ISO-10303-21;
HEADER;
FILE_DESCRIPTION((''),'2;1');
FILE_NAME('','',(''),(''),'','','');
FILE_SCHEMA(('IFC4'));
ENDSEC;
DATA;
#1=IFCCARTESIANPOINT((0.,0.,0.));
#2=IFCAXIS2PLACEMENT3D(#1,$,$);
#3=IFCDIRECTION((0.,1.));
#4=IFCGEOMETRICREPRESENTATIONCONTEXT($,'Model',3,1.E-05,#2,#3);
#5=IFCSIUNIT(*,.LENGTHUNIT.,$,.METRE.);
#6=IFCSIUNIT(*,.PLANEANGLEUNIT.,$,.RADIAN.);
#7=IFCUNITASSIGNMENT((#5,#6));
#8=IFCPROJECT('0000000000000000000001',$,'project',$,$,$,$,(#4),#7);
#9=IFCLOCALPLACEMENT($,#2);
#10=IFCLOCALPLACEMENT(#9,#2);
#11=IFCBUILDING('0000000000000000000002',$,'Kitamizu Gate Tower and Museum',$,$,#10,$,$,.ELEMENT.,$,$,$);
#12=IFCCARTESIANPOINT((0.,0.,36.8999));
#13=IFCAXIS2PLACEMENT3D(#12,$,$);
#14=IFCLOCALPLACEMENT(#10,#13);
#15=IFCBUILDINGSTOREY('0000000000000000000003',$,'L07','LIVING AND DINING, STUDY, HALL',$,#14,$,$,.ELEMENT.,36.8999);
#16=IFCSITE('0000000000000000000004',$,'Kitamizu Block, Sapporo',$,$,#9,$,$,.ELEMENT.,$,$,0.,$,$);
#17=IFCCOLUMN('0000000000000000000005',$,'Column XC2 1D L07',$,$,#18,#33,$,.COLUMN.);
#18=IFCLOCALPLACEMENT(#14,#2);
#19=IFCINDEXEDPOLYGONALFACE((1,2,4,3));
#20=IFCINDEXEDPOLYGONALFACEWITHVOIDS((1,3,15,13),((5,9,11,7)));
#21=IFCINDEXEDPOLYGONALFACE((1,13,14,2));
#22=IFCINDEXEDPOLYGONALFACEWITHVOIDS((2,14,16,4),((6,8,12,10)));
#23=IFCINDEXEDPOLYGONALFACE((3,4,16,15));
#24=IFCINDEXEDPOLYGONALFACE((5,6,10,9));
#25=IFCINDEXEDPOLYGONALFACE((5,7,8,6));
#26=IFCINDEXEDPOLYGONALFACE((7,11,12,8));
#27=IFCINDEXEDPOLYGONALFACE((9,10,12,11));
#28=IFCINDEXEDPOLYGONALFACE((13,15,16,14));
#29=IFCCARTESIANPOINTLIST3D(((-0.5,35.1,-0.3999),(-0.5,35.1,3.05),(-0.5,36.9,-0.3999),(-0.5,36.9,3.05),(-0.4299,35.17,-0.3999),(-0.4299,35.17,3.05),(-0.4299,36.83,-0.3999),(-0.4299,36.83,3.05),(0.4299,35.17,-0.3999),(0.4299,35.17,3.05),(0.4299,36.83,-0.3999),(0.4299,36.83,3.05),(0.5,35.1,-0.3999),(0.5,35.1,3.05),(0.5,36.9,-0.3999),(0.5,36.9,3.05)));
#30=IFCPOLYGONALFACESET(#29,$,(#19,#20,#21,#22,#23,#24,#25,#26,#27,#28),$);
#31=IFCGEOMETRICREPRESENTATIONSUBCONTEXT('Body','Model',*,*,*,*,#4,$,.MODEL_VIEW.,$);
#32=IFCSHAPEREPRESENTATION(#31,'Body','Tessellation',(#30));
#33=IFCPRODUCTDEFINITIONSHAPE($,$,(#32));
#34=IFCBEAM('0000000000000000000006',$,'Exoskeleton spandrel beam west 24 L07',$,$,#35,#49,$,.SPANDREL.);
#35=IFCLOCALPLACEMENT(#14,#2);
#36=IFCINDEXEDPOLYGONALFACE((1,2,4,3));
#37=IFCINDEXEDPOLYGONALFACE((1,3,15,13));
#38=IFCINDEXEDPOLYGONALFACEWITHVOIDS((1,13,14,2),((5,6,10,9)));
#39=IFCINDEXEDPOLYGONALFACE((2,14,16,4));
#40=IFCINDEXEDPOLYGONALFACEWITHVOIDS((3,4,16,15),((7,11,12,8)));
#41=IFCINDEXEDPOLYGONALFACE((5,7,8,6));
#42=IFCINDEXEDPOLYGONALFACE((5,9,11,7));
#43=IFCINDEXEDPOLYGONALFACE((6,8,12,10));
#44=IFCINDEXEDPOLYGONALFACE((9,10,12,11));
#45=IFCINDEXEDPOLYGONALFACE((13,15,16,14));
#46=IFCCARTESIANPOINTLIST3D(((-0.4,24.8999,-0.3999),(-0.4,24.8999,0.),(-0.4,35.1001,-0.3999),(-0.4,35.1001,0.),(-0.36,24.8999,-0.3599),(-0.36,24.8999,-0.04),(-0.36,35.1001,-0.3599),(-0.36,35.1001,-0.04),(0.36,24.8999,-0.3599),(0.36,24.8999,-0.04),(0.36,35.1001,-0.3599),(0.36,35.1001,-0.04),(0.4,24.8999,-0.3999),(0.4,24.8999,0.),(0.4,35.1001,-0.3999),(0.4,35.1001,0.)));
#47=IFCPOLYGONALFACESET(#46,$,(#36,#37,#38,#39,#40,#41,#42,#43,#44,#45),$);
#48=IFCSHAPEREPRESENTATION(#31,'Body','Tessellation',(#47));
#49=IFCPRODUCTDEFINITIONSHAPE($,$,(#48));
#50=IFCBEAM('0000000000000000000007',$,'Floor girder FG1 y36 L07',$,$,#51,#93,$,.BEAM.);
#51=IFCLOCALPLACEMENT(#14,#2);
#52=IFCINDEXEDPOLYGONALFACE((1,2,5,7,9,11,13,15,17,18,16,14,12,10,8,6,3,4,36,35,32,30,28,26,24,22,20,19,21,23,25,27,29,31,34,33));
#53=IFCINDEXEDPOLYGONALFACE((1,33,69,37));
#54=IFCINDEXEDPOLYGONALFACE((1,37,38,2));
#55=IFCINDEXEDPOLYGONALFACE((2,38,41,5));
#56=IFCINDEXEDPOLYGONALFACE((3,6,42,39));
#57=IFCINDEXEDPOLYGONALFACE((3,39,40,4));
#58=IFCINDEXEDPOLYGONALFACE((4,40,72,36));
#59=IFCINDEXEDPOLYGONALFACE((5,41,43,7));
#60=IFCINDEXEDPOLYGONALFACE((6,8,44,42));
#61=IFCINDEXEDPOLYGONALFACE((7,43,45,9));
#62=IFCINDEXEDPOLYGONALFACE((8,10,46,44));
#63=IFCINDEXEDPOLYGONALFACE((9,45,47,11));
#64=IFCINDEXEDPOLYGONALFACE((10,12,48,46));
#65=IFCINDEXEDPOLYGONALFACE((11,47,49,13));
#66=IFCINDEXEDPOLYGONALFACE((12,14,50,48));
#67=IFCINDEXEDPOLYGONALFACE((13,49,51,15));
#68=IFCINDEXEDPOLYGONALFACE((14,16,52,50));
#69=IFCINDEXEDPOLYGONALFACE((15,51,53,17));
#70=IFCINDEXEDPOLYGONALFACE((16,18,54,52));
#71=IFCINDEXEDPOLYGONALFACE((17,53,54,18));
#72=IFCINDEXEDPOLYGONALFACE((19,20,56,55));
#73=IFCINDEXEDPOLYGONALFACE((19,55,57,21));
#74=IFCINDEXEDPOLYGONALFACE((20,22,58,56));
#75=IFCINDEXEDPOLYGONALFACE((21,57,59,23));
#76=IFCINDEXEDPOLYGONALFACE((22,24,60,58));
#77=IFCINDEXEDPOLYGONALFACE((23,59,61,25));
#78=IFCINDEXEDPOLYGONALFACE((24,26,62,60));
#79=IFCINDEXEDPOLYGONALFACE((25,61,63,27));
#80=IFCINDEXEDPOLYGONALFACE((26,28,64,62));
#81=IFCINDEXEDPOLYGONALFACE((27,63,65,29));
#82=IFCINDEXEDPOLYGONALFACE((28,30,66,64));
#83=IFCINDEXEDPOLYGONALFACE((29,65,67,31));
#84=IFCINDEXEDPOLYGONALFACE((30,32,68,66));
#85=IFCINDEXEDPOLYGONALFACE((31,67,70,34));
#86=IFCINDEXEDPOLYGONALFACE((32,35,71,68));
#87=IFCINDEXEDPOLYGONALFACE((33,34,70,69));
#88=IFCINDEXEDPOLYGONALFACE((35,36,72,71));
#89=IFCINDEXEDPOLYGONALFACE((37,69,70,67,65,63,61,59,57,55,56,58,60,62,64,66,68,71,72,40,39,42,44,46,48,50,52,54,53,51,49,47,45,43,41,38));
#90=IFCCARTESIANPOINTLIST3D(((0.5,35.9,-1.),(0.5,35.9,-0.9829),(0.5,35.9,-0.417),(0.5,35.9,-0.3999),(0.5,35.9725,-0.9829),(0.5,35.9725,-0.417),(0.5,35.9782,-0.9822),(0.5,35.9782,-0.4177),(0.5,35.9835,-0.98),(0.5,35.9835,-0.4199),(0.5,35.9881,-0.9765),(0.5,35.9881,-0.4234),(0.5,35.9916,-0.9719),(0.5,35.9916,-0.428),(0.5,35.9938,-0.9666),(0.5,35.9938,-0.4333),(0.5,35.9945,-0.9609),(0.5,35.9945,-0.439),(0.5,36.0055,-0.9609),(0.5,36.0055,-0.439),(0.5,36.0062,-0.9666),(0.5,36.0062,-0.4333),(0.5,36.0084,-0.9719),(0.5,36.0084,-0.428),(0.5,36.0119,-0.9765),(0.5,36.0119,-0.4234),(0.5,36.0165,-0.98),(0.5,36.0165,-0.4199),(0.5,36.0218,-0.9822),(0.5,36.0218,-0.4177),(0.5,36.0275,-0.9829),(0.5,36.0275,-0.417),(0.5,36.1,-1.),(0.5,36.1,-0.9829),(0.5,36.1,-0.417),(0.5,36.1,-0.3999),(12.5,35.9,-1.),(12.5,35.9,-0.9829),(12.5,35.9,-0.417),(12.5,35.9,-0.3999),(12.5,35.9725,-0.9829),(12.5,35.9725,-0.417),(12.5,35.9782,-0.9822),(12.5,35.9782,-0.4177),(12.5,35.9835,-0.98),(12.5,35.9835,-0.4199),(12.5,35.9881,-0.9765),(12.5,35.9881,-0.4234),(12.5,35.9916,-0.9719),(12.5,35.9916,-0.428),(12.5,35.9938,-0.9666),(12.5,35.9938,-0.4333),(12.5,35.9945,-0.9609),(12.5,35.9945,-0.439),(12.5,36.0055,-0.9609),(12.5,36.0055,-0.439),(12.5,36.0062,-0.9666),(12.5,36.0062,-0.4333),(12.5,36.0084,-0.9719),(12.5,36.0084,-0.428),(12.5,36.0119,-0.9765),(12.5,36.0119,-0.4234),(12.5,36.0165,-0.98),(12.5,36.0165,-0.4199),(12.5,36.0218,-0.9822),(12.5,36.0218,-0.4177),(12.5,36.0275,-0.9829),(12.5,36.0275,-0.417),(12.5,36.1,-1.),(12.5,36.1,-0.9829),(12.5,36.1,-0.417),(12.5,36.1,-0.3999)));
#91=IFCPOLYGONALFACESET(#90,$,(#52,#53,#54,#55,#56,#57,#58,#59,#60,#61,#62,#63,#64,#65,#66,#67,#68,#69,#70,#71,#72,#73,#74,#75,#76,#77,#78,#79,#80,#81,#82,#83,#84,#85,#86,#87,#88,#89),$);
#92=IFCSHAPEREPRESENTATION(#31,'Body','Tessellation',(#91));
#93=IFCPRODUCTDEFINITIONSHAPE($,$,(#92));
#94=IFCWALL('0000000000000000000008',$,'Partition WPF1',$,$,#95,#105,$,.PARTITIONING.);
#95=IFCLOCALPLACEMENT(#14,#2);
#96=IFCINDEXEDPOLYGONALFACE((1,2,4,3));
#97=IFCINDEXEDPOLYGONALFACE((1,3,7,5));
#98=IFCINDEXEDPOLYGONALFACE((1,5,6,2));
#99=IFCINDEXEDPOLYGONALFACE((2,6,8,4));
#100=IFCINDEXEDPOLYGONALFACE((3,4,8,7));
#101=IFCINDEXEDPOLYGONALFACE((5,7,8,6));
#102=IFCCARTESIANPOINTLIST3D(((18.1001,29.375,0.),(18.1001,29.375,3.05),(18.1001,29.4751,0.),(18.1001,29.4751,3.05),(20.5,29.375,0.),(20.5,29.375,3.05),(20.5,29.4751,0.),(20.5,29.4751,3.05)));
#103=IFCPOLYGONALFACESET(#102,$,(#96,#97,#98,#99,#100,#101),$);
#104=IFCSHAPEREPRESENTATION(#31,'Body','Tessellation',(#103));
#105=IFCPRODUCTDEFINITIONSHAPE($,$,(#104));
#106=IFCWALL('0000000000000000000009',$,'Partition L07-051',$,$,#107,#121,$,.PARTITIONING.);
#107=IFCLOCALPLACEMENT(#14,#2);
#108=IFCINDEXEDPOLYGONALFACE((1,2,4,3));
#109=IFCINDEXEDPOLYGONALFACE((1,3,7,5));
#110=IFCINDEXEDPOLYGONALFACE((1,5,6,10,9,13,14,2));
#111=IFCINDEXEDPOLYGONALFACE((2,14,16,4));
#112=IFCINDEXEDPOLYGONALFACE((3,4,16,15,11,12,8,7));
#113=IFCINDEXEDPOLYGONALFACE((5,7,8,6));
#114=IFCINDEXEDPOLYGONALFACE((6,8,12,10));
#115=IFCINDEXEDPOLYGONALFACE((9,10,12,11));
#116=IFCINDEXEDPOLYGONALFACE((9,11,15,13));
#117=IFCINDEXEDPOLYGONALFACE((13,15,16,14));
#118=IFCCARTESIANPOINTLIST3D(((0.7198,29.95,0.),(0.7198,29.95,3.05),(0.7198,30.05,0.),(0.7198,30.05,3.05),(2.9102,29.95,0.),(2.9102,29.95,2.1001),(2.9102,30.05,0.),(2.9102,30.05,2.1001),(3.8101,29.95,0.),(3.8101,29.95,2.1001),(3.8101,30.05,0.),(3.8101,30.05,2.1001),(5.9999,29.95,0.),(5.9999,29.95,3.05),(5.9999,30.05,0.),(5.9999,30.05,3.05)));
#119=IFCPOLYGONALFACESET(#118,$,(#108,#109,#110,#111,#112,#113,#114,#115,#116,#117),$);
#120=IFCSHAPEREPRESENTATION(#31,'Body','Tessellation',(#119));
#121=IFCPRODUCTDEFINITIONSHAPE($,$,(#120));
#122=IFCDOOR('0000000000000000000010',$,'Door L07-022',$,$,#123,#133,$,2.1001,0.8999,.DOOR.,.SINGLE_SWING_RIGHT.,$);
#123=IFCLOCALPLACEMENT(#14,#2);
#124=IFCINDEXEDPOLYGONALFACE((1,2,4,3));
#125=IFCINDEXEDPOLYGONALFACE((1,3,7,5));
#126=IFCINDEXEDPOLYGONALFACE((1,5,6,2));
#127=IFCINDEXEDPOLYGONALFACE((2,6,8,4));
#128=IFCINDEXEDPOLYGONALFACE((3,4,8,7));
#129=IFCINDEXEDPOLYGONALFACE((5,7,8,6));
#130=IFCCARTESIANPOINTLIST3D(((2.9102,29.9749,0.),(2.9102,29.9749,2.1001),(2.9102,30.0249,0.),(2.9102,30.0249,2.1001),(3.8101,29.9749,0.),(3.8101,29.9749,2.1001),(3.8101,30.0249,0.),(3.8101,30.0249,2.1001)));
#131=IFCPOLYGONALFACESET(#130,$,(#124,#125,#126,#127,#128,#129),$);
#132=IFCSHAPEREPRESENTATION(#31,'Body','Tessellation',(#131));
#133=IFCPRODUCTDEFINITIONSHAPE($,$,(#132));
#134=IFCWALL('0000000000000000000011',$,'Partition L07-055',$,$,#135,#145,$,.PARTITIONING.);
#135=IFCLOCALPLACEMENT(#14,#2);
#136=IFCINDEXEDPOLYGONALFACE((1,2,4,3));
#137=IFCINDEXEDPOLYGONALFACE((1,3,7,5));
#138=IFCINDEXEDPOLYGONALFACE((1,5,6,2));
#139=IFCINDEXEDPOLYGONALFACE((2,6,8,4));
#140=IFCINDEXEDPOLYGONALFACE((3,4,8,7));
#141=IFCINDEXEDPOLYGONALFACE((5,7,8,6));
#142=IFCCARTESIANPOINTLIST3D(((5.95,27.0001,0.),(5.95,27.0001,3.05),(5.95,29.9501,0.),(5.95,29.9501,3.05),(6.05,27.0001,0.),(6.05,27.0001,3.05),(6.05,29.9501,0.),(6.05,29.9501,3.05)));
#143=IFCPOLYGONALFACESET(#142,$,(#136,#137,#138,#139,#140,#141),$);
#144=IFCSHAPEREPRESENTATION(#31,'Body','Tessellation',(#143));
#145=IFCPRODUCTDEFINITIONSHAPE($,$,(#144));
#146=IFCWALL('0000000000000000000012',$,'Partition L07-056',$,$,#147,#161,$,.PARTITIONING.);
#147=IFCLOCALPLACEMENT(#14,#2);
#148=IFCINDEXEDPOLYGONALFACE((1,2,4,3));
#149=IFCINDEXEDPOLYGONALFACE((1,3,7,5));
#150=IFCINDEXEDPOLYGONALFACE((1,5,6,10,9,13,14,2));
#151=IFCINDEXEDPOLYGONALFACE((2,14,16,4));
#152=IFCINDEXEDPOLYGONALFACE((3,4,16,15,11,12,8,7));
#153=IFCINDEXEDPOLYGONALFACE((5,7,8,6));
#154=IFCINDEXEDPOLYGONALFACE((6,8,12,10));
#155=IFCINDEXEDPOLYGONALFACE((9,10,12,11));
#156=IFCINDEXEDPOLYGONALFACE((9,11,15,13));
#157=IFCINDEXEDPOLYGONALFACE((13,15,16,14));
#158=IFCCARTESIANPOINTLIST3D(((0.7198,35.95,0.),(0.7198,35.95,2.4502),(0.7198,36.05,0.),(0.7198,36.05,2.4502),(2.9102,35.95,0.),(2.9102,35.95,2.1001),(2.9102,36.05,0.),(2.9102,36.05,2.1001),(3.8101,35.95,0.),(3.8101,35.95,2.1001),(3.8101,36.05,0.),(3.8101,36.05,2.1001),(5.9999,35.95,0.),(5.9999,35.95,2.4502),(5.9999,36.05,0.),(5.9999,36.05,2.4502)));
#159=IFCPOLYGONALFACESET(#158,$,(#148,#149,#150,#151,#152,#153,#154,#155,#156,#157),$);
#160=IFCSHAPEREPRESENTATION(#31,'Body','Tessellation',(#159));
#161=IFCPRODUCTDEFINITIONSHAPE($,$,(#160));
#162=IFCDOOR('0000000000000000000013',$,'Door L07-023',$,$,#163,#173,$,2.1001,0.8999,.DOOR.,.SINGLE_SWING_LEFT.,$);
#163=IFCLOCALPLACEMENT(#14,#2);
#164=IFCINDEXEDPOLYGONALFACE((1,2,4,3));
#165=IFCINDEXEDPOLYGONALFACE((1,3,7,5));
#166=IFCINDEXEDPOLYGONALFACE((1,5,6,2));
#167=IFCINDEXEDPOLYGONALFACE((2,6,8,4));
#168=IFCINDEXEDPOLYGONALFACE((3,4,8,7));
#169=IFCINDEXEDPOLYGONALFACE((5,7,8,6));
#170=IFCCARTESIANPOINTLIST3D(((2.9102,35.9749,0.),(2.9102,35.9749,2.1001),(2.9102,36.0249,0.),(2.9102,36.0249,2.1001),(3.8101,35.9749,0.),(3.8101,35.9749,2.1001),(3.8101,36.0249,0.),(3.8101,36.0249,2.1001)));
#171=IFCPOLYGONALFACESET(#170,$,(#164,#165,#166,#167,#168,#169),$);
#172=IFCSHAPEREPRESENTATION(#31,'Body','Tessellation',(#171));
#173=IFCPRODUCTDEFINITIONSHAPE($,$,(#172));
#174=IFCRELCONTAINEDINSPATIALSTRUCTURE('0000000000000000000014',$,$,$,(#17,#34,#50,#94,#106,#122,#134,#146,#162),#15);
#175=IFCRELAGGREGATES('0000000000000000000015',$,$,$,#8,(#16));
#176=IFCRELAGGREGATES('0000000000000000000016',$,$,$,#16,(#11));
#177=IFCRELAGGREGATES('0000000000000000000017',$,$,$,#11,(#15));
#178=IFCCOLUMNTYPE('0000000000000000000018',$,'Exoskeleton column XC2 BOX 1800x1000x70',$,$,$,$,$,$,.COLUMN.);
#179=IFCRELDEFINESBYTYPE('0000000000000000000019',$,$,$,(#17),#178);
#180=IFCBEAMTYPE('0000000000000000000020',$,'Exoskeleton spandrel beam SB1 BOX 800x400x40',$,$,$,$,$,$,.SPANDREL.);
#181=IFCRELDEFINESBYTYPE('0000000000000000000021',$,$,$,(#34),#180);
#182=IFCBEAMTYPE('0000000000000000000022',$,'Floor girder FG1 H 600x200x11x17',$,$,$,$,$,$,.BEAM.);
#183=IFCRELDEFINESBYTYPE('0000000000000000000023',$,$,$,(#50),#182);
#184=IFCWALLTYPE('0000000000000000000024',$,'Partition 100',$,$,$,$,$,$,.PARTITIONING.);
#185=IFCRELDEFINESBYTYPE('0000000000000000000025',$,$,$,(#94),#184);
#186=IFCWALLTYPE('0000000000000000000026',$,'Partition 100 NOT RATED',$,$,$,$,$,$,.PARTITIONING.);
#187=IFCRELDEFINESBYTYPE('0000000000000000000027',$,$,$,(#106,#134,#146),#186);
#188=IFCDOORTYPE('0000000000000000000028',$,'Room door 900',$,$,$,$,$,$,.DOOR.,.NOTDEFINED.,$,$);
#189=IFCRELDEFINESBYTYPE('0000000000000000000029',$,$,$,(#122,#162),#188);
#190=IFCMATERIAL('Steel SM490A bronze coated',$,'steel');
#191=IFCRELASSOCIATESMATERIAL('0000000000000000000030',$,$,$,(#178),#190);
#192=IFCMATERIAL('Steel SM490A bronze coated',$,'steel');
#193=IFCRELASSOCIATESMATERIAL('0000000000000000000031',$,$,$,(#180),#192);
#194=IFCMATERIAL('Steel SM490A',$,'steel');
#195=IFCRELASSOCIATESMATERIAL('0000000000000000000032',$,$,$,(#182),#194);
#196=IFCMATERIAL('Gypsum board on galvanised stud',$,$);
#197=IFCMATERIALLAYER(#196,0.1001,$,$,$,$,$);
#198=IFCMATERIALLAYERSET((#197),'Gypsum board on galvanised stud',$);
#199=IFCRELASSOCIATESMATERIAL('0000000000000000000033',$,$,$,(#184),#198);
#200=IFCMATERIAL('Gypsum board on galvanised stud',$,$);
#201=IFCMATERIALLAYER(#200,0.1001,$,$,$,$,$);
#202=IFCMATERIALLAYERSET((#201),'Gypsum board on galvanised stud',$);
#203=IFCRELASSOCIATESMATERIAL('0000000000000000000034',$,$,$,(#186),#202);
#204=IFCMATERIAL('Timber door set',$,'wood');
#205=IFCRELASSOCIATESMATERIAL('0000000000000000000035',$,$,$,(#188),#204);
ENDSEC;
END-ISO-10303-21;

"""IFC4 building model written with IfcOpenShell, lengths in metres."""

from ifc_helpers import new_model, si_unit, direction, frame, frame_2d, origin, origin_2d, place, context, subcontext, project, spatial, rectangle, hollow_rectangle, i_section, extrude, material, layer, layer_set, material_profile, profile_set, type_object, element, fill, save


model = new_model("IFC4")

# Units and contexts
model_context = context("Model", 3, precision=1e-05, world=origin(), true_north=direction((0.0, 1.0)))
body_context = subcontext(model_context, "Body", "Model", "MODEL_VIEW")
ifc_project = project(units=[si_unit("LENGTHUNIT", "METRE"), si_unit("PLANEANGLEUNIT", "RADIAN")], contexts=[model_context])

# Site, building, storey
site_placement = place(None, origin())
site = spatial("IfcSite", under=ifc_project, at=site_placement, Name="Kitamizu Block, Sapporo", CompositionType="ELEMENT", RefElevation=0.0)
building_placement = place(site_placement, origin())
building = spatial("IfcBuilding", under=site, at=building_placement, Name="Kitamizu Gate Tower and Museum", CompositionType="ELEMENT")
storey_placement = place(building_placement, frame((0.0, 0.0, 36.8999)))
storey = spatial("IfcBuildingStorey", under=building, at=storey_placement, Name="L07", Description="LIVING AND DINING, STUDY, HALL", CompositionType="ELEMENT", Elevation=36.8999)

# Column
ifc_material_1 = material(Name="Steel SM490A bronze coated", Category="steel")
ifc_material_profile_1 = material_profile(ifc_material_1, hollow_rectangle(XDim=1.8, YDim=1.0, WallThickness=0.0701, at=origin_2d()), Name="BOX 1800x1000x70")
ifc_profile_set_1 = profile_set([ifc_material_profile_1], Name="Steel SM490A bronze coated")
column_type = type_object("IfcColumnType", Name="Exoskeleton column XC2 BOX 1800x1000x70", PredefinedType="COLUMN", material=ifc_profile_set_1)
column_placement = place(storey_placement, frame((0.0, 36.0, -0.3999), z_axis=(0.0, 0.0, 1.0), x_axis=(0.0, 1.0, 0.0)))
element("IfcColumn", 1, at=column_placement, inside=storey, type_object=column_type, Name="Column XC2 1D L07", PredefinedType="COLUMN", context=body_context, shape_type="SweptSolid", body=[
    extrude(hollow_rectangle(XDim=1.8, YDim=1.0, WallThickness=0.0701, at=origin_2d()), origin(), (0.0, 0.0, 1.0), 3.45),
])

# Beams
ifc_material_2 = material(Name="Steel SM490A bronze coated", Category="steel")
ifc_material_profile_2 = material_profile(ifc_material_2, hollow_rectangle(XDim=0.8, YDim=0.3999, WallThickness=0.04, at=origin_2d()), Name="BOX 800x400x40")
ifc_profile_set_2 = profile_set([ifc_material_profile_2], Name="Steel SM490A bronze coated")
beam_type_1 = type_object("IfcBeamType", Name="Exoskeleton spandrel beam SB1 BOX 800x400x40", PredefinedType="SPANDREL", material=ifc_profile_set_2)
beam_1_placement = place(storey_placement, frame((0.0, 24.8999, -0.2), z_axis=(0.0, 1.0, 0.0), x_axis=(-1.0, 0.0, 0.0)))
element("IfcBeam", 2, at=beam_1_placement, inside=storey, type_object=beam_type_1, Name="Exoskeleton spandrel beam west 24 L07", PredefinedType="SPANDREL", context=body_context, shape_type="SweptSolid", body=[
    extrude(hollow_rectangle(XDim=0.8, YDim=0.3999, WallThickness=0.04, at=origin_2d()), origin(), (0.0, 0.0, 1.0), 10.2002),
])
ifc_material_3 = material(Name="Steel SM490A", Category="steel")
ifc_material_profile_3 = material_profile(ifc_material_3, i_section(OverallWidth=0.2, OverallDepth=0.6001, WebThickness=0.011, FlangeThickness=0.0171, FilletRadius=0.022, at=origin_2d()), Name="H-600x200x11x17")
ifc_profile_set_3 = profile_set([ifc_material_profile_3], Name="Steel SM490A")
beam_type_2 = type_object("IfcBeamType", Name="Floor girder FG1 H 600x200x11x17", PredefinedType="BEAM", material=ifc_profile_set_3)
beam_2_placement = place(storey_placement, frame((0.5, 36.0, -0.7), z_axis=(1.0, 0.0, 0.0), x_axis=(0.0, 1.0, 0.0)))
element("IfcBeam", 3, at=beam_2_placement, inside=storey, type_object=beam_type_2, Name="Floor girder FG1 y36 L07", PredefinedType="BEAM", context=body_context, shape_type="SweptSolid", body=[
    extrude(i_section(OverallWidth=0.2, OverallDepth=0.6001, WebThickness=0.011, FlangeThickness=0.0171, FilletRadius=0.022, at=origin_2d()), origin(), (0.0, 0.0, 1.0), 12.0),
])

# Wall
ifc_material_4 = material(Name="Gypsum board on galvanised stud")
ifc_layer_1 = layer(ifc_material_4, 0.1001)
ifc_layer_set_1 = layer_set([ifc_layer_1], Name="Gypsum board on galvanised stud")
wall_type_1 = type_object("IfcWallType", Name="Partition 100", PredefinedType="PARTITIONING", material=ifc_layer_set_1)
wall_1_placement = place(storey_placement, frame((18.1001, 29.425, 0.0), z_axis=(0.0, 0.0, 1.0), x_axis=(1.0, 0.0, 0.0)))
element("IfcWall", 4, at=wall_1_placement, inside=storey, type_object=wall_type_1, Name="Partition WPF1", PredefinedType="PARTITIONING", context=body_context, shape_type="SweptSolid", body=[
    extrude(rectangle(XDim=2.3999, YDim=0.1001, at=frame_2d((1.2, 0.0))), origin(), (0.0, 0.0, 1.0), 3.05),
])

# Wall, opening, door
ifc_material_5 = material(Name="Gypsum board on galvanised stud")
ifc_layer_2 = layer(ifc_material_5, 0.1001)
ifc_layer_set_2 = layer_set([ifc_layer_2], Name="Gypsum board on galvanised stud")
wall_type_2 = type_object("IfcWallType", Name="Partition 100 NOT RATED", PredefinedType="PARTITIONING", material=ifc_layer_set_2)
wall_2_placement = place(storey_placement, frame((6.0, 30.0, 0.0), z_axis=(0.0, 0.0, 1.0), x_axis=(-1.0, 0.0, 0.0)))
wall_2 = element("IfcWall", 5, at=wall_2_placement, inside=storey, type_object=wall_type_2, Name="Partition L07-051", PredefinedType="PARTITIONING", context=body_context, shape_type="SweptSolid", body=[
    extrude(rectangle(XDim=5.28, YDim=0.1001, at=frame_2d((2.6401, 0.0))), origin(), (0.0, 0.0, 1.0), 3.05),
])
opening_1_placement = place(wall_2_placement, frame((2.1899, 0.0, 0.0)))
opening_1 = element("IfcOpeningElement", 6, at=opening_1_placement, cuts=wall_2, PredefinedType="OPENING", context=body_context, shape_type="SweptSolid", body=[
    extrude(rectangle(XDim=0.8999, YDim=2.1001, at=frame_2d((0.45, 1.05))), frame((0.0, 0.0601, 0.0), z_axis=(0.0, -1.0, 0.0), x_axis=(1.0, 0.0, 0.0)), (0.0, 0.0, 1.0), 0.1201),
])
ifc_material_6 = material(Name="Timber door set", Category="wood")
door_type_1 = type_object("IfcDoorType", Name="Room door 900", OperationType="NOTDEFINED", PredefinedType="DOOR", material=ifc_material_6)
door_1_placement = place(opening_1_placement, frame((0.8999, 0.0, 0.0), x_axis=(-1.0, 0.0, 0.0)))
door_1 = element("IfcDoor", 7, at=door_1_placement, inside=storey, type_object=door_type_1, Name="Door L07-022", OperationType="SINGLE_SWING_RIGHT", OverallHeight=2.1001, OverallWidth=0.8999, PredefinedType="DOOR", context=body_context, shape_type="SweptSolid", body=[
    extrude(rectangle(XDim=0.8999, YDim=2.1001, at=frame_2d((0.45, 1.05))), frame((0.0, 0.0249, 0.0), z_axis=(0.0, -1.0, 0.0), x_axis=(1.0, 0.0, 0.0)), (0.0, 0.0, 1.0), 0.05),
])
fill(opening_1, door_1)

# Wall
wall_3_placement = place(storey_placement, frame((6.0, 27.0, 0.0), z_axis=(0.0, 0.0, 1.0), x_axis=(0.0, 1.0, 0.0)))
element("IfcWall", 8, at=wall_3_placement, inside=storey, type_object=wall_type_2, Name="Partition L07-055", PredefinedType="PARTITIONING", context=body_context, shape_type="SweptSolid", body=[
    extrude(rectangle(XDim=2.95, YDim=0.1001, at=frame_2d((1.4751, 0.0))), origin(), (0.0, 0.0, 1.0), 3.05),
])

# Wall, opening, door
wall_4_placement = place(storey_placement, frame((6.0, 36.0, 0.0), z_axis=(0.0, 0.0, 1.0), x_axis=(-1.0, 0.0, 0.0)))
wall_4 = element("IfcWall", 9, at=wall_4_placement, inside=storey, type_object=wall_type_2, Name="Partition L07-056", PredefinedType="PARTITIONING", context=body_context, shape_type="SweptSolid", body=[
    extrude(rectangle(XDim=5.28, YDim=0.1001, at=frame_2d((2.6401, 0.0))), origin(), (0.0, 0.0, 1.0), 2.4502),
])
opening_2_placement = place(wall_4_placement, frame((2.1899, 0.0, 0.0)))
opening_2 = element("IfcOpeningElement", 10, at=opening_2_placement, cuts=wall_4, PredefinedType="OPENING", context=body_context, shape_type="SweptSolid", body=[
    extrude(rectangle(XDim=0.8999, YDim=2.1001, at=frame_2d((0.45, 1.05))), frame((0.0, 0.0601, 0.0), z_axis=(0.0, -1.0, 0.0), x_axis=(1.0, 0.0, 0.0)), (0.0, 0.0, 1.0), 0.1201),
])
door_2_placement = place(opening_2_placement, frame((0.8999, 0.0, 0.0), x_axis=(-1.0, 0.0, 0.0)))
door_2 = element("IfcDoor", 11, at=door_2_placement, inside=storey, type_object=door_type_1, Name="Door L07-023", OperationType="SINGLE_SWING_LEFT", OverallHeight=2.1001, OverallWidth=0.8999, PredefinedType="DOOR", context=body_context, shape_type="SweptSolid", body=[
    extrude(rectangle(XDim=0.8999, YDim=2.1001, at=frame_2d((0.45, 1.05))), frame((0.0, 0.0249, 0.0), z_axis=(0.0, -1.0, 0.0), x_axis=(1.0, 0.0, 0.0)), (0.0, 0.0, 1.0), 0.05),
])
fill(opening_2, door_2)

save(model, "model.ifc")
